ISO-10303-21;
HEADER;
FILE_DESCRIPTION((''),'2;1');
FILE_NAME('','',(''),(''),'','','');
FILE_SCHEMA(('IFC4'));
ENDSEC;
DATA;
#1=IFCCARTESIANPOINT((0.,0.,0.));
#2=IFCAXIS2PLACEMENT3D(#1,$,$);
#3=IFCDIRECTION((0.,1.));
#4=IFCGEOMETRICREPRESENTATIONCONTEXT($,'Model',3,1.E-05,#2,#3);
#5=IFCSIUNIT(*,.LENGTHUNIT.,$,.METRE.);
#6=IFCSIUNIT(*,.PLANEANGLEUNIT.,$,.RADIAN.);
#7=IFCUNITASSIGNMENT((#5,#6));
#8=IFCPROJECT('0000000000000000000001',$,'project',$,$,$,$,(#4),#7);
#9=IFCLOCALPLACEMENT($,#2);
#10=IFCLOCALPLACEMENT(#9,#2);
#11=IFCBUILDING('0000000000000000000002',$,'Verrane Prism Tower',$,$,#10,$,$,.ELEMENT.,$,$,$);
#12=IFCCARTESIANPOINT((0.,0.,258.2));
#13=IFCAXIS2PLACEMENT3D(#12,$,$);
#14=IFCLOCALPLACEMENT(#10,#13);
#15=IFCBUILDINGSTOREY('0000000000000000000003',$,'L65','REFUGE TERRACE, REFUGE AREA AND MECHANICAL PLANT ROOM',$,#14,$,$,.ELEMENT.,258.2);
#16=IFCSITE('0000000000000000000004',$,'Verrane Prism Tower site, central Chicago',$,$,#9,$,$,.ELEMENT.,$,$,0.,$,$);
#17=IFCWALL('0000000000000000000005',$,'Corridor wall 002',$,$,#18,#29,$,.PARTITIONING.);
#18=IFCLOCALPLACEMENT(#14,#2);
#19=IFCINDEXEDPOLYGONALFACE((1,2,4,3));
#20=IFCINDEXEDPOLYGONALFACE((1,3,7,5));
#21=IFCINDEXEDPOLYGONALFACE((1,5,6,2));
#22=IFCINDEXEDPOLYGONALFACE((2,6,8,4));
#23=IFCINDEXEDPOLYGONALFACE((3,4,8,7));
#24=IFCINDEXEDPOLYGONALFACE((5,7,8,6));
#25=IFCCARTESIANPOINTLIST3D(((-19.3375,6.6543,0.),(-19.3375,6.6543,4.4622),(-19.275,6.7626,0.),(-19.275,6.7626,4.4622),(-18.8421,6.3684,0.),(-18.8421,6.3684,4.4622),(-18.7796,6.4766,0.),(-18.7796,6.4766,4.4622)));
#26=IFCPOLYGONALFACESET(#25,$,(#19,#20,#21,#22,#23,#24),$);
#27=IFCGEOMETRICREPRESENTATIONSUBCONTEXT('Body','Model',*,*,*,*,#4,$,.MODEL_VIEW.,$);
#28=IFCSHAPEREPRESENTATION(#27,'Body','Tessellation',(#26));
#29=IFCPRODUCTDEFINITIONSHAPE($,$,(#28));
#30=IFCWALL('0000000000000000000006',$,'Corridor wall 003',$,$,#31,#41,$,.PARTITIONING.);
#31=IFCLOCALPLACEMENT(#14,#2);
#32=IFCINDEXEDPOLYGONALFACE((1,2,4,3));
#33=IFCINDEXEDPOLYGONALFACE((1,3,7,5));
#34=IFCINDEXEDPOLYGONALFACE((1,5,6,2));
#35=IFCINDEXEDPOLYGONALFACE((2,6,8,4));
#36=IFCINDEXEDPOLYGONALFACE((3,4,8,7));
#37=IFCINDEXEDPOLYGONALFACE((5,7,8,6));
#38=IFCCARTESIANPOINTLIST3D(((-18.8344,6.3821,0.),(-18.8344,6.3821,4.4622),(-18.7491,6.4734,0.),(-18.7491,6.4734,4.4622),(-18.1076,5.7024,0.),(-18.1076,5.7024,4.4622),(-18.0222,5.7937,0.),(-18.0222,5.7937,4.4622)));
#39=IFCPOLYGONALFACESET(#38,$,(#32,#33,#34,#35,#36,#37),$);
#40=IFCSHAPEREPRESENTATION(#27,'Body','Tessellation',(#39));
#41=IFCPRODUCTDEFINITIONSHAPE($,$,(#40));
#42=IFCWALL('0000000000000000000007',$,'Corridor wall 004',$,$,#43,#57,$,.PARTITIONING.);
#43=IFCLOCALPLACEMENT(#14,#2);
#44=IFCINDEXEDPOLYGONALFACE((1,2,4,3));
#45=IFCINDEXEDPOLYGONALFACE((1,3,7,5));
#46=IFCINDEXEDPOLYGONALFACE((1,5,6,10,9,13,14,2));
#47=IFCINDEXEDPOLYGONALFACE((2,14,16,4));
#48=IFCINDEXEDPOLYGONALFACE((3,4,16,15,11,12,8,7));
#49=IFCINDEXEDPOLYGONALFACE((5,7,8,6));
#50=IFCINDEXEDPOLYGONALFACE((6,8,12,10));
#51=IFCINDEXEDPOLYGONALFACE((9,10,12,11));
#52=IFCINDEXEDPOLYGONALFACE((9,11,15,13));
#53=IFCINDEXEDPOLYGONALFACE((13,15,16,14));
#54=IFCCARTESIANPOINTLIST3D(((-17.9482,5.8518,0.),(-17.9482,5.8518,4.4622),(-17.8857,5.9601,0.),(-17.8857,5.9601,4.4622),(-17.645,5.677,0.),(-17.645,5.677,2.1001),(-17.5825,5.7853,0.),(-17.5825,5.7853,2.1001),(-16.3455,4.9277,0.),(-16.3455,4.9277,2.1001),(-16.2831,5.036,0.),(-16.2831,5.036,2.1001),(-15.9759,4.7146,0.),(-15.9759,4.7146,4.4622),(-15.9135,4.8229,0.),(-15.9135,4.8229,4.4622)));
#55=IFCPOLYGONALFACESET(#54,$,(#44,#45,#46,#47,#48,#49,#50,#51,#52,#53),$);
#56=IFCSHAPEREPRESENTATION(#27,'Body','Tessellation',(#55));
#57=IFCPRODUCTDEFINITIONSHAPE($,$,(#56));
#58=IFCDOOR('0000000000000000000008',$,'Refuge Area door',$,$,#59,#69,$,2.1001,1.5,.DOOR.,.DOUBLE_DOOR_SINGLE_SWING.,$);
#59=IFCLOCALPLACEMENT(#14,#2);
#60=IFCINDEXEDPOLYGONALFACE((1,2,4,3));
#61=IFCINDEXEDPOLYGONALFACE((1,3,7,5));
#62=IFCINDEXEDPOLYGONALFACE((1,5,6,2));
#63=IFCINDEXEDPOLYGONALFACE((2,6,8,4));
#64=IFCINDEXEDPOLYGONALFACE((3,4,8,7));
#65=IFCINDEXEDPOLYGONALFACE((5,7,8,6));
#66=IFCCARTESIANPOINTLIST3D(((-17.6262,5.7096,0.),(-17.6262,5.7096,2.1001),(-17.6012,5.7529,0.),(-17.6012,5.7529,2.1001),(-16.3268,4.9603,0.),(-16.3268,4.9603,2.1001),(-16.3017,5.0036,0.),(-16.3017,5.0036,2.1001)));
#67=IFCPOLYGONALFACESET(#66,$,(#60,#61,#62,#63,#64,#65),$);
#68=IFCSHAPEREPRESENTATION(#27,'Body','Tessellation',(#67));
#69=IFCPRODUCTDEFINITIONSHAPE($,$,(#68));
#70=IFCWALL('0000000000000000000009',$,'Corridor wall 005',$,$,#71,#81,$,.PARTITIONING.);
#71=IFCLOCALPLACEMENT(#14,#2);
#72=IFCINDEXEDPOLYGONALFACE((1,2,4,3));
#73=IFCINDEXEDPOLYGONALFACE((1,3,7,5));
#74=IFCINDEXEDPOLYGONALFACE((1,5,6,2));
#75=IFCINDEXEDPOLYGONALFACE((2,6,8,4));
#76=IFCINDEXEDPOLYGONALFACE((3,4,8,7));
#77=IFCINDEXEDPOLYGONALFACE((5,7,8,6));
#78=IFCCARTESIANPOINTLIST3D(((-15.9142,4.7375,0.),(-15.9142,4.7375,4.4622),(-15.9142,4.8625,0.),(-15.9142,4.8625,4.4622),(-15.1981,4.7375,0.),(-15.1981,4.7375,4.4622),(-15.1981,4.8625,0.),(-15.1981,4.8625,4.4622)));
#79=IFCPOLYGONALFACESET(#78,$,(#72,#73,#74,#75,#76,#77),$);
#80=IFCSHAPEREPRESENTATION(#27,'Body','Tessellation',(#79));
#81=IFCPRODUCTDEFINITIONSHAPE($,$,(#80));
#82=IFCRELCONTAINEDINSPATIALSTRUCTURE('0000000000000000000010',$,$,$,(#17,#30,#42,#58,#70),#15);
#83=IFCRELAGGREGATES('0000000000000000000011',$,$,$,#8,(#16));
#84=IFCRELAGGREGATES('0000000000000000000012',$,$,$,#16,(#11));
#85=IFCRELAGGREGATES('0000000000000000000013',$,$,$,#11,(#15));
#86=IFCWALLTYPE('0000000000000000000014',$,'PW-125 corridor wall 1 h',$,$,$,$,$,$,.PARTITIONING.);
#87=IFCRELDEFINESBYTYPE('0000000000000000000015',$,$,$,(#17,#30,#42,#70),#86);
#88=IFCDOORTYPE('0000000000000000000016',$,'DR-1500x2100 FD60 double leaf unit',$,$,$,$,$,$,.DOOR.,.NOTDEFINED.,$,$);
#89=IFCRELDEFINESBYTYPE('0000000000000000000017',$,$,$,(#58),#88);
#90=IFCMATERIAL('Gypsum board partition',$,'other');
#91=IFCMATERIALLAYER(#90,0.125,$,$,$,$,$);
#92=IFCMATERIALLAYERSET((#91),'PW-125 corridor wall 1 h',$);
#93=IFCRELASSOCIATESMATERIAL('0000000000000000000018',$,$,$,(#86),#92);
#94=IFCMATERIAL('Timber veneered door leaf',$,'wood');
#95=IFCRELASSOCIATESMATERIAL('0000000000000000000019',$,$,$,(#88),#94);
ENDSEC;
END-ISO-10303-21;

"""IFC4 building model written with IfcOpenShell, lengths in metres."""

from ifc_helpers import new_model, si_unit, direction, frame, frame_2d, origin, place, context, subcontext, project, spatial, rectangle, extrude, material, layer, layer_set, type_object, element, fill, save


model = new_model("IFC4")

# Units and contexts
model_context = context("Model", 3, precision=1e-05, world=origin(), true_north=direction((0.0, 1.0)))
body_context = subcontext(model_context, "Body", "Model", "MODEL_VIEW")
ifc_project = project(units=[si_unit("LENGTHUNIT", "METRE"), si_unit("PLANEANGLEUNIT", "RADIAN")], contexts=[model_context])

# Site, building, storey
site_placement = place(None, origin())
site = spatial("IfcSite", under=ifc_project, at=site_placement, Name="Verrane Prism Tower site, central Chicago", CompositionType="ELEMENT", RefElevation=0.0)
building_placement = place(site_placement, origin())
building = spatial("IfcBuilding", under=site, at=building_placement, Name="Verrane Prism Tower", CompositionType="ELEMENT")
storey_placement = place(building_placement, frame((0.0, 0.0, 258.2)))
storey = spatial("IfcBuildingStorey", under=building, at=storey_placement, Name="L65", Description="REFUGE TERRACE, REFUGE AREA AND MECHANICAL PLANT ROOM", CompositionType="ELEMENT", Elevation=258.2)

# Walls
ifc_material_1 = material(Name="Gypsum board partition", Category="other")
ifc_layer_1 = layer(ifc_material_1, 0.125)
ifc_layer_set_1 = layer_set([ifc_layer_1], Name="PW-125 corridor wall 1 h")
wall_type = type_object("IfcWallType", Name="PW-125 corridor wall 1 h", PredefinedType="PARTITIONING", material=ifc_layer_set_1)
wall_1_placement = place(storey_placement, frame((-19.3064, 6.7085, 0.0), z_axis=(0.0, 0.0, 1.0), x_axis=(0.866107, -0.499858, 0.0)))
element("IfcWall", 1, at=wall_1_placement, inside=storey, type_object=wall_type, Name="Corridor wall 002", PredefinedType="PARTITIONING", context=body_context, shape_type="SweptSolid", body=[
    extrude(rectangle(XDim=0.572, YDim=0.125, at=frame_2d((0.2861, 0.0))), origin(), (0.0, 0.0, 1.0), 4.4622),
])
wall_2_placement = place(storey_placement, frame((-18.7917, 6.4277, 0.0), z_axis=(0.0, 0.0, 1.0), x_axis=(0.730386, -0.683035, 0.0)))
element("IfcWall", 2, at=wall_2_placement, inside=storey, type_object=wall_type, Name="Corridor wall 003", PredefinedType="PARTITIONING", context=body_context, shape_type="SweptSolid", body=[
    extrude(rectangle(XDim=0.9951, YDim=0.125, at=frame_2d((0.4976, 0.0))), origin(), (0.0, 0.0, 1.0), 4.4622),
])

# Wall, opening, door
wall_3_placement = place(storey_placement, frame((-15.9448, 4.7688, 0.0), z_axis=(0.0, 0.0, 1.0), x_axis=(-0.866296, 0.499531, 0.0)))
wall_3 = element("IfcWall", 3, at=wall_3_placement, inside=storey, type_object=wall_type, Name="Corridor wall 004", PredefinedType="PARTITIONING", context=body_context, shape_type="SweptSolid", body=[
    extrude(rectangle(XDim=2.2766, YDim=0.125, at=frame_2d((1.1382, 0.0))), origin(), (0.0, 0.0, 1.0), 4.4622),
])
opening_placement = place(wall_3_placement, frame((0.4265, 0.0, 0.0)))
opening = element("IfcOpeningElement", 4, at=opening_placement, cuts=wall_3, PredefinedType="OPENING", context=body_context, shape_type="SweptSolid", body=[
    extrude(rectangle(XDim=1.5, YDim=2.1001, at=frame_2d((0.75, 1.05))), frame((0.0, 0.0725, 0.0), z_axis=(0.0, -1.0, 0.0), x_axis=(1.0, 0.0, 0.0)), (0.0, 0.0, 1.0), 0.145),
])
ifc_material_2 = material(Name="Timber veneered door leaf", Category="wood")
door_type = type_object("IfcDoorType", Name="DR-1500x2100 FD60 double leaf unit", OperationType="NOTDEFINED", PredefinedType="DOOR", material=ifc_material_2)
door_placement = place(opening_placement, origin())
door = element("IfcDoor", 5, at=door_placement, inside=storey, type_object=door_type, Name="Refuge Area door", OperationType="DOUBLE_DOOR_SINGLE_SWING", OverallHeight=2.1001, OverallWidth=1.5, PredefinedType="DOOR", context=body_context, shape_type="SweptSolid", body=[
    extrude(rectangle(XDim=1.5, YDim=2.1001, at=frame_2d((0.75, 1.05))), frame((0.0, 0.0249, 0.0), z_axis=(0.0, -1.0, 0.0), x_axis=(1.0, 0.0, 0.0)), (0.0, 0.0, 1.0), 0.05),
])
fill(opening, door)

# Wall
wall_4_placement = place(storey_placement, frame((-15.9141, 4.8, 0.0), z_axis=(0.0, 0.0, 1.0), x_axis=(1.0, 0.0, 0.0)))
element("IfcWall", 6, at=wall_4_placement, inside=storey, type_object=wall_type, Name="Corridor wall 005", PredefinedType="PARTITIONING", context=body_context, shape_type="SweptSolid", body=[
    extrude(rectangle(XDim=0.7161, YDim=0.125, at=frame_2d((0.3579, 0.0))), origin(), (0.0, 0.0, 1.0), 4.4622),
])

save(model, "model.ifc")
